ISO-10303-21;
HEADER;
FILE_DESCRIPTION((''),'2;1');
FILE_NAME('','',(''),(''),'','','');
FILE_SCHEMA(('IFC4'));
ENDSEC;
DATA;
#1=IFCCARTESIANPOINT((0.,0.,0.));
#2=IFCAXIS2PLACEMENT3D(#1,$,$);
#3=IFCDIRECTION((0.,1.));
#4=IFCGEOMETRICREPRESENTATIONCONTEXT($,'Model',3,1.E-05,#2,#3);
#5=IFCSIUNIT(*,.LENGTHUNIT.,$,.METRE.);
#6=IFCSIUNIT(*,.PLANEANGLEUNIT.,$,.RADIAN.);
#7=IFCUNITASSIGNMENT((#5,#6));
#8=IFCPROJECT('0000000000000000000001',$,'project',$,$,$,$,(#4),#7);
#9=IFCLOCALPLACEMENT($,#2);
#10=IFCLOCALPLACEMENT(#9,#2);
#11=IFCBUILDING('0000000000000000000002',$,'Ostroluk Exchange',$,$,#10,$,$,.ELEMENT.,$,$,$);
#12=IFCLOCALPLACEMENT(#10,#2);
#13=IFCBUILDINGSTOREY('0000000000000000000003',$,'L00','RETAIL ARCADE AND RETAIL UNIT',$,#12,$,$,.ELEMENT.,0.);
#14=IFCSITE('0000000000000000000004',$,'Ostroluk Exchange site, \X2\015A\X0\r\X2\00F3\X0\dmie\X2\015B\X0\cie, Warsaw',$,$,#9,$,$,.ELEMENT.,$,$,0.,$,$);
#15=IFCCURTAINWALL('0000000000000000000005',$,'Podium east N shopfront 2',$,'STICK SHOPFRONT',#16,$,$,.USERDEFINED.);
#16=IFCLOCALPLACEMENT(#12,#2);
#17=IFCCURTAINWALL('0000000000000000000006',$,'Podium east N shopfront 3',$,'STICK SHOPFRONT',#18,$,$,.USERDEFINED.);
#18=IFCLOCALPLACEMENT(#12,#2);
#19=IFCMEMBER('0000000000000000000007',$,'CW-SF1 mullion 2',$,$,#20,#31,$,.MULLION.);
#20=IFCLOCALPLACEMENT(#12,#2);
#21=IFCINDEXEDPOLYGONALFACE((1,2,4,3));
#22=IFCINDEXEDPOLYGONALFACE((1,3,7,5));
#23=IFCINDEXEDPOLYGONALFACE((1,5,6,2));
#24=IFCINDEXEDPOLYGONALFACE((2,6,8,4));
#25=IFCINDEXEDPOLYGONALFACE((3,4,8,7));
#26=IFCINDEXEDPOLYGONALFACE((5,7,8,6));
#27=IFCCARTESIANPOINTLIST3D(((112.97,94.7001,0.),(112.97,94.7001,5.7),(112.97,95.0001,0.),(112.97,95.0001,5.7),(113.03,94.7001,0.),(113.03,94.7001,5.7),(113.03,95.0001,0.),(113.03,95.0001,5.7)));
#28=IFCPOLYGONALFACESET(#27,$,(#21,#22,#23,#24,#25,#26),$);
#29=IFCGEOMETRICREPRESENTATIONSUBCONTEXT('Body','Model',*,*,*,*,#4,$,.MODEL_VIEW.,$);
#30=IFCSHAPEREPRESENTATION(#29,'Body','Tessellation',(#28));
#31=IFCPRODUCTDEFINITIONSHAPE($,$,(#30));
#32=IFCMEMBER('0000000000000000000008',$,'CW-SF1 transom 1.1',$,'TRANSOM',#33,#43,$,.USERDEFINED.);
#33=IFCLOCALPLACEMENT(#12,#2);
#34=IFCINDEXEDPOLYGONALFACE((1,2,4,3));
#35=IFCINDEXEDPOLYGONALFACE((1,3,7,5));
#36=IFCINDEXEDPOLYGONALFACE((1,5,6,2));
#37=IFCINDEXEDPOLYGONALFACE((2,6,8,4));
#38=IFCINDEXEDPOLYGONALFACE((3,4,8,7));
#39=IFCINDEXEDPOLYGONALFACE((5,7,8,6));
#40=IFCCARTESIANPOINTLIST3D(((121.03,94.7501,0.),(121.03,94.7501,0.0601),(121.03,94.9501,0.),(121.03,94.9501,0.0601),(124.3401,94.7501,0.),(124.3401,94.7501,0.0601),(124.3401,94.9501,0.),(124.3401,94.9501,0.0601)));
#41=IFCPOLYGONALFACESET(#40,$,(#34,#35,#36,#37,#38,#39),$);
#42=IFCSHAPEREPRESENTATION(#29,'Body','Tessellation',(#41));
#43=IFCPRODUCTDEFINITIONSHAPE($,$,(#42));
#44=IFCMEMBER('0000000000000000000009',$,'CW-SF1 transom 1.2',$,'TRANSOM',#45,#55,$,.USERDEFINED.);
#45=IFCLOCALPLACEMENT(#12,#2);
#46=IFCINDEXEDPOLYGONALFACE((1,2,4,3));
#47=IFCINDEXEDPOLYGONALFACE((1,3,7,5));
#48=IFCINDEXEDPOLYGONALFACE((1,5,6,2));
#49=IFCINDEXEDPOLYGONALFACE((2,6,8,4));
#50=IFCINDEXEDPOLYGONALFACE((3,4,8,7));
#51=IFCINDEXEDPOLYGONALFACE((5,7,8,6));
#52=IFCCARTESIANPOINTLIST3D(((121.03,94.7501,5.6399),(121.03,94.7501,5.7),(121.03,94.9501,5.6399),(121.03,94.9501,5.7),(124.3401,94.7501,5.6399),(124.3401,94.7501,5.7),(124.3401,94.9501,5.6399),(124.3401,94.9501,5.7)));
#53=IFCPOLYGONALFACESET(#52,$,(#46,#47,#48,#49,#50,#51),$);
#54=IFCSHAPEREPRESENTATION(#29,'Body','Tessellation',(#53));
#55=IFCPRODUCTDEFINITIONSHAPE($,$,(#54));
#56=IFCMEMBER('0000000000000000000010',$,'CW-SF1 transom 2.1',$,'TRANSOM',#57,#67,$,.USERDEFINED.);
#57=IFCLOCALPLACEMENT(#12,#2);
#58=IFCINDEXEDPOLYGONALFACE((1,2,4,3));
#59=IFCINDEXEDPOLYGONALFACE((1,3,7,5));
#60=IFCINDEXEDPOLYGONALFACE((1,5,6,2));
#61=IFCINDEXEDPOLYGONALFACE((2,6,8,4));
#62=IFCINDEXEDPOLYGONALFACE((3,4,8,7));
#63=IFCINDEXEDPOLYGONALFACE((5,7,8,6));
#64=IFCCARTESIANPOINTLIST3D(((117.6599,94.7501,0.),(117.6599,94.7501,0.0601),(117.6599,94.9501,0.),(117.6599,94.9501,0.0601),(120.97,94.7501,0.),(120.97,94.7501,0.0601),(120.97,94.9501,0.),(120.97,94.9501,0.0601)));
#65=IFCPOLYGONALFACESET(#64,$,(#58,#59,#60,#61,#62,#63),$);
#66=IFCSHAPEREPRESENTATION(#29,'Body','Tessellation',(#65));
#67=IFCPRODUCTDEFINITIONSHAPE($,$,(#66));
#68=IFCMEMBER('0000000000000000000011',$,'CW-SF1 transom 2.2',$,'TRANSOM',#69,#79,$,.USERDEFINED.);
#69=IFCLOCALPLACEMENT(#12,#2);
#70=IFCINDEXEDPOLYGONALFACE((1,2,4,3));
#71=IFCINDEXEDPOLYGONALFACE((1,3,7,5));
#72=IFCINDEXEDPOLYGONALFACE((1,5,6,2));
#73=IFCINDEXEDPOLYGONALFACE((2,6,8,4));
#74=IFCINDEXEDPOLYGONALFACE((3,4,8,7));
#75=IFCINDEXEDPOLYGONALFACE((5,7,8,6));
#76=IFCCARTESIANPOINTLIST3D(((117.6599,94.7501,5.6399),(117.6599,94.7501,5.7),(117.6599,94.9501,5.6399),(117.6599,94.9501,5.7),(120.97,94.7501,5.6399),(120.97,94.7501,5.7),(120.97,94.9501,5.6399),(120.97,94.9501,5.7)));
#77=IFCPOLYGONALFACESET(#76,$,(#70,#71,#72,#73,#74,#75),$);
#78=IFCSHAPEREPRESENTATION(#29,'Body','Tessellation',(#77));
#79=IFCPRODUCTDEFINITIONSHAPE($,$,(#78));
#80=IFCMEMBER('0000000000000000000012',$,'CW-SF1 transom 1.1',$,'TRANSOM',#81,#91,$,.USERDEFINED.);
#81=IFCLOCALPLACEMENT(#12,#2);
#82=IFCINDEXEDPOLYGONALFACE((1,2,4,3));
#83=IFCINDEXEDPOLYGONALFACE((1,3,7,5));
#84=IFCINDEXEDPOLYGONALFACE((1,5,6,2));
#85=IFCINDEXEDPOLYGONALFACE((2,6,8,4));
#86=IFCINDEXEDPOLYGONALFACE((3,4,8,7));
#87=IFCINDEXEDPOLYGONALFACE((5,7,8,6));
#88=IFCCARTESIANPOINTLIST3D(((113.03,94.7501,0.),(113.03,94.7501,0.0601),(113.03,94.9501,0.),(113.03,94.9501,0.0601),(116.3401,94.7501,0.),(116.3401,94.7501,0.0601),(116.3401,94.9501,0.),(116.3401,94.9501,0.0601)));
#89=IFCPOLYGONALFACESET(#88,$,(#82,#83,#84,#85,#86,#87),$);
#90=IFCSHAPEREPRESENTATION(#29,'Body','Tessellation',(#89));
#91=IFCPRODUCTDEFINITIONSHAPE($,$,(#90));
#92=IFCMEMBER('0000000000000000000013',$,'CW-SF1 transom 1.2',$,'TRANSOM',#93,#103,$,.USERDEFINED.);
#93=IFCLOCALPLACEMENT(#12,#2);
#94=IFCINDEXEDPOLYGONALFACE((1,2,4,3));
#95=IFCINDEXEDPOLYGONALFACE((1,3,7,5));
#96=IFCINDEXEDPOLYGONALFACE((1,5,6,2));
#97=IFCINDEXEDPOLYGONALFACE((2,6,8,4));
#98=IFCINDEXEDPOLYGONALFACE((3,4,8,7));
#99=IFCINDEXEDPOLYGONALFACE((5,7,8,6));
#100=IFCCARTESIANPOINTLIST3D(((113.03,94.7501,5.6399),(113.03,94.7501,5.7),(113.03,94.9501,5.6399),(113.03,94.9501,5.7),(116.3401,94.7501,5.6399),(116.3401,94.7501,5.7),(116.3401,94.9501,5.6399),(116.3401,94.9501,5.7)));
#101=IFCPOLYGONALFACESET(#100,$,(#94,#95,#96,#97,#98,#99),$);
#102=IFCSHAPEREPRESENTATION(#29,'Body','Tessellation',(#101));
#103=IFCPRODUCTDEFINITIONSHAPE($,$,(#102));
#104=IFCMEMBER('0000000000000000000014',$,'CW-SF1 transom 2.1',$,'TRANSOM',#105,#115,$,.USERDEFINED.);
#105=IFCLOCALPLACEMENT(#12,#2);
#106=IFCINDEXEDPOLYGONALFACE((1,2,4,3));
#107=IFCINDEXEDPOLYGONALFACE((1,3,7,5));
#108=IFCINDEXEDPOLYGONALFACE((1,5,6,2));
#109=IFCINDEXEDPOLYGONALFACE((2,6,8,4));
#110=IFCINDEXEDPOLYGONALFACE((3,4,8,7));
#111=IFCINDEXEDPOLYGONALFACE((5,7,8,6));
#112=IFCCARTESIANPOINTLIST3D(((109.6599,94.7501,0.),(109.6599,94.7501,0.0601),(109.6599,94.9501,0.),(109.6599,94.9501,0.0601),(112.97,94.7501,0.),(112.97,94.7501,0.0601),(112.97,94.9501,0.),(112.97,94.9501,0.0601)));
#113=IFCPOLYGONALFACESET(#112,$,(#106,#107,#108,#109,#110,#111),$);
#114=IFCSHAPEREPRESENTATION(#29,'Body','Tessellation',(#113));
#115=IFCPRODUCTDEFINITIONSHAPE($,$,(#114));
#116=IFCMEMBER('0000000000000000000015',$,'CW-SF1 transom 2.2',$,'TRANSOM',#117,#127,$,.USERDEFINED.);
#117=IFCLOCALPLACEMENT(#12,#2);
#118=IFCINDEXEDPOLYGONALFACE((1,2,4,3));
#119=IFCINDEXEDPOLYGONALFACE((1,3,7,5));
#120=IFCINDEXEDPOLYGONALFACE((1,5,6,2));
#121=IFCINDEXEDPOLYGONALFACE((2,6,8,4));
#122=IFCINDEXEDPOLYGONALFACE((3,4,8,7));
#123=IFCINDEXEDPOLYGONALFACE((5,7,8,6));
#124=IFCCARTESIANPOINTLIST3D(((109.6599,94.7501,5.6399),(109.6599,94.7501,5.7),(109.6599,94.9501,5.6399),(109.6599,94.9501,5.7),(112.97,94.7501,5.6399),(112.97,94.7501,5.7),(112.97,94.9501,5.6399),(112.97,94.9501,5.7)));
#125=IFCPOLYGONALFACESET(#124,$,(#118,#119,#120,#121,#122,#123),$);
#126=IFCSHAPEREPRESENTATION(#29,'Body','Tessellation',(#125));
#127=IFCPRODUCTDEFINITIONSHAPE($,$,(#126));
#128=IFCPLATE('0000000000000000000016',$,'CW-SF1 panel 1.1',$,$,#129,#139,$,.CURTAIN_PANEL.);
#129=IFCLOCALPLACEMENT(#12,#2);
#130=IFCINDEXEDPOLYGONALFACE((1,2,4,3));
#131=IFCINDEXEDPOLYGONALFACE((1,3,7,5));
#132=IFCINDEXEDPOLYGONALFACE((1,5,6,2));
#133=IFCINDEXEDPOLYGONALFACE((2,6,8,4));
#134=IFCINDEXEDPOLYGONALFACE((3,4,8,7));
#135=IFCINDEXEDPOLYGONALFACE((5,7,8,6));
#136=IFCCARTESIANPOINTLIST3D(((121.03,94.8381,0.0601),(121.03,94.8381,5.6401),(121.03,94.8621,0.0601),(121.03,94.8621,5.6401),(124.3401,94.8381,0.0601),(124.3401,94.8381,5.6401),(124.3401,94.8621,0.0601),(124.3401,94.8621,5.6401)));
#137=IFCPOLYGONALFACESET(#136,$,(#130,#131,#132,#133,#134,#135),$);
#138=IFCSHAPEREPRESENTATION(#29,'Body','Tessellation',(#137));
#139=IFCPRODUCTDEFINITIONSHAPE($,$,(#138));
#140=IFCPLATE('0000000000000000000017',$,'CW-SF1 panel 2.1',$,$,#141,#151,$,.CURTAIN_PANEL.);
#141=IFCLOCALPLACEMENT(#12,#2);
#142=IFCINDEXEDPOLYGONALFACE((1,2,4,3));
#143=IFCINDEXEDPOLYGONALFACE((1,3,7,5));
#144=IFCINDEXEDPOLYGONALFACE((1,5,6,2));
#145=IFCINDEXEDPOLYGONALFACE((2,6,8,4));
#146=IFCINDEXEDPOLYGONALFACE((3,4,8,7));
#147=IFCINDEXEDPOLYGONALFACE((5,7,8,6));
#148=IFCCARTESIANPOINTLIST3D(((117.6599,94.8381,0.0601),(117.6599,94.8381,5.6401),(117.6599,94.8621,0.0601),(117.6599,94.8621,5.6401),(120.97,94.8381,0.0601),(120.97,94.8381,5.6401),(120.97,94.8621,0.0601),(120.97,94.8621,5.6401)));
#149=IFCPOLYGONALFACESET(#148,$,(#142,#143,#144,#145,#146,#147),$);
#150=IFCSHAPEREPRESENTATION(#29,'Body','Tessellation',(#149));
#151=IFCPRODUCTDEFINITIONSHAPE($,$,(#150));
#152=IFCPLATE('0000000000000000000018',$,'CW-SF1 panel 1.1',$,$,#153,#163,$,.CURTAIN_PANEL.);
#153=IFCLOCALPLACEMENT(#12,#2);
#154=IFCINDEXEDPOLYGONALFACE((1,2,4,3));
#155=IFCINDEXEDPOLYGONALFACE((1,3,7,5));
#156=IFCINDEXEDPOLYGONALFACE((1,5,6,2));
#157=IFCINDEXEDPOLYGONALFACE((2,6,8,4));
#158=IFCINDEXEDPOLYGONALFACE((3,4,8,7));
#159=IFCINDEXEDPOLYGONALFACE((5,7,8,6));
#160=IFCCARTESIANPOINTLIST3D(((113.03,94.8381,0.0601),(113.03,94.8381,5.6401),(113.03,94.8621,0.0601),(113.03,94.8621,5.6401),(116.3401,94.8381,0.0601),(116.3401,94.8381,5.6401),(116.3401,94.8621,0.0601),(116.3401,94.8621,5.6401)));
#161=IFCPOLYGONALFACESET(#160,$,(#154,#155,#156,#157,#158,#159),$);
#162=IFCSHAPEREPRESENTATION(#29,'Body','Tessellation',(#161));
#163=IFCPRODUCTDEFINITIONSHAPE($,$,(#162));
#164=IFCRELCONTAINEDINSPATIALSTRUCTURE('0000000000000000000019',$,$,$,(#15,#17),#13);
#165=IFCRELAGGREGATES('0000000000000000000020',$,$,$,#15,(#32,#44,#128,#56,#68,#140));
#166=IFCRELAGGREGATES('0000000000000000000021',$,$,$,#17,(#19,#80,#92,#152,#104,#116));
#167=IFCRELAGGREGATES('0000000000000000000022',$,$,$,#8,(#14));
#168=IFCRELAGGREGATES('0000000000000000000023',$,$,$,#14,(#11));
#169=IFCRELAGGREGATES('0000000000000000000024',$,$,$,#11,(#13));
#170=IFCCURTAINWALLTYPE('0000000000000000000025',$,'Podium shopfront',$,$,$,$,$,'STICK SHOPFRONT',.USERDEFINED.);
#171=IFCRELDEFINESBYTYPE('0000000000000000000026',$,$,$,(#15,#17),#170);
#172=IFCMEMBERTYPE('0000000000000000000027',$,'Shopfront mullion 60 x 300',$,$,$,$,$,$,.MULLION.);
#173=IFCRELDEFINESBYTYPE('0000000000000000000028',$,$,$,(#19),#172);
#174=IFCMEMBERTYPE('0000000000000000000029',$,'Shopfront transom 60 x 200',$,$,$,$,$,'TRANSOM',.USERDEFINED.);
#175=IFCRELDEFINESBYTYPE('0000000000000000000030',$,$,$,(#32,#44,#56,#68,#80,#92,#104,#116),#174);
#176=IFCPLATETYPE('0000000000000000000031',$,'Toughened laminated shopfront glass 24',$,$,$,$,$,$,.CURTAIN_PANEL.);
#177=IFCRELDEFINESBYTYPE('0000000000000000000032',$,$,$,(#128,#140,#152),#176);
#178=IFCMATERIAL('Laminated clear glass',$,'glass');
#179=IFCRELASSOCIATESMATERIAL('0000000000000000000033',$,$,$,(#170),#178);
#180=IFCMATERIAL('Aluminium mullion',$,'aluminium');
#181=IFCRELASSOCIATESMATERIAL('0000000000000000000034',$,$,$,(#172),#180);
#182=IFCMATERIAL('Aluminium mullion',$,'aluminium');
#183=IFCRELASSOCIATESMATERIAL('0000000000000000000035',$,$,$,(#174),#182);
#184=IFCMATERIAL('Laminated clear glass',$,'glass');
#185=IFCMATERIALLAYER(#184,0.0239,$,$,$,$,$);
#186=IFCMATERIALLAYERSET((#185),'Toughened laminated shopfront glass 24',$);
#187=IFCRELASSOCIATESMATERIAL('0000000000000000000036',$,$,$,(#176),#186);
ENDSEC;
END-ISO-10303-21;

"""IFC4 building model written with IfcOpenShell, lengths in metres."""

from ifc_helpers import new_model, si_unit, direction, frame, origin, origin_2d, place, context, subcontext, project, spatial, rectangle, extrude, material, layer, layer_set, material_profile, profile_set, type_object, element, aggregate, save


model = new_model("IFC4")

# Units and contexts
model_context = context("Model", 3, precision=1e-05, world=origin(), true_north=direction((0.0, 1.0)))
body_context = subcontext(model_context, "Body", "Model", "MODEL_VIEW")
ifc_project = project(units=[si_unit("LENGTHUNIT", "METRE"), si_unit("PLANEANGLEUNIT", "RADIAN")], contexts=[model_context])

# Site, building, storey
site_placement = place(None, origin())
site = spatial("IfcSite", under=ifc_project, at=site_placement, Name="Ostroluk Exchange site, Śródmieście, Warsaw", CompositionType="ELEMENT", RefElevation=0.0)
building_placement = place(site_placement, origin())
building = spatial("IfcBuilding", under=site, at=building_placement, Name="Ostroluk Exchange", CompositionType="ELEMENT")
storey_placement = place(building_placement, origin())
storey = spatial("IfcBuildingStorey", under=building, at=storey_placement, Name="L00", Description="RETAIL ARCADE AND RETAIL UNIT", CompositionType="ELEMENT", Elevation=0.0)

# Curtain walls, member
ifc_material_1 = material(Name="Laminated clear glass", Category="glass")
curtain_wall_type = type_object("IfcCurtainWallType", Name="Podium shopfront", ElementType="STICK SHOPFRONT", PredefinedType="USERDEFINED", material=ifc_material_1)
curtain_wall_1_placement = place(storey_placement, origin())
curtain_wall_1 = element("IfcCurtainWall", 1, at=curtain_wall_1_placement, inside=storey, type_object=curtain_wall_type, Name="Podium east N shopfront 2", ObjectType="STICK SHOPFRONT", PredefinedType="USERDEFINED")
ifc_material_2 = material(Name="Aluminium mullion", Category="aluminium")
ifc_material_profile_1 = material_profile(ifc_material_2, rectangle(XDim=0.3, YDim=0.0601, at=origin_2d()), Name="Shopfront mullion 60 x 300")
ifc_profile_set_1 = profile_set([ifc_material_profile_1], Name="Aluminium mullion")
member_type_1 = type_object("IfcMemberType", Name="Shopfront mullion 60 x 300", PredefinedType="MULLION", material=ifc_profile_set_1)
curtain_wall_2_placement = place(storey_placement, origin())
curtain_wall_2 = element("IfcCurtainWall", 2, at=curtain_wall_2_placement, inside=storey, type_object=curtain_wall_type, Name="Podium east N shopfront 3", ObjectType="STICK SHOPFRONT", PredefinedType="USERDEFINED")
member_1_placement = place(storey_placement, frame((113.0, 94.8501, 0.0), z_axis=(0.0, 0.0, 1.0), x_axis=(0.0, -1.0, 0.0)))
member_1 = element("IfcMember", 3, at=member_1_placement, type_object=member_type_1, Name="CW-SF1 mullion 2", PredefinedType="MULLION", context=body_context, shape_type="SweptSolid", body=[
    extrude(rectangle(XDim=0.3, YDim=0.0601, at=origin_2d()), origin(), (0.0, 0.0, 1.0), 5.7),
])

# Members
ifc_material_3 = material(Name="Aluminium mullion", Category="aluminium")
ifc_material_profile_2 = material_profile(ifc_material_3, rectangle(XDim=0.2, YDim=0.0601, at=origin_2d()), Name="Shopfront transom 60 x 200")
ifc_profile_set_2 = profile_set([ifc_material_profile_2], Name="Aluminium mullion")
member_type_2 = type_object("IfcMemberType", Name="Shopfront transom 60 x 200", ElementType="TRANSOM", PredefinedType="USERDEFINED", material=ifc_profile_set_2)
member_2_placement = place(storey_placement, frame((124.3401, 94.8501, 0.03), z_axis=(-1.0, 0.0, 0.0), x_axis=(0.0, -1.0, 0.0)))
member_2 = element("IfcMember", 4, at=member_2_placement, type_object=member_type_2, Name="CW-SF1 transom 1.1", ObjectType="TRANSOM", PredefinedType="USERDEFINED", context=body_context, shape_type="SweptSolid", body=[
    extrude(rectangle(XDim=0.2, YDim=0.0601, at=origin_2d()), origin(), (0.0, 0.0, 1.0), 3.3101),
])
member_3_placement = place(storey_placement, frame((124.3401, 94.8501, 5.6699), z_axis=(-1.0, 0.0, 0.0), x_axis=(0.0, -1.0, 0.0)))
member_3 = element("IfcMember", 5, at=member_3_placement, type_object=member_type_2, Name="CW-SF1 transom 1.2", ObjectType="TRANSOM", PredefinedType="USERDEFINED", context=body_context, shape_type="SweptSolid", body=[
    extrude(rectangle(XDim=0.2, YDim=0.0601, at=origin_2d()), origin(), (0.0, 0.0, 1.0), 3.3101),
])
member_4_placement = place(storey_placement, frame((120.97, 94.8501, 0.03), z_axis=(-1.0, 0.0, 0.0), x_axis=(0.0, -1.0, 0.0)))
member_4 = element("IfcMember", 6, at=member_4_placement, type_object=member_type_2, Name="CW-SF1 transom 2.1", ObjectType="TRANSOM", PredefinedType="USERDEFINED", context=body_context, shape_type="SweptSolid", body=[
    extrude(rectangle(XDim=0.2, YDim=0.0601, at=origin_2d()), origin(), (0.0, 0.0, 1.0), 3.3101),
])
member_5_placement = place(storey_placement, frame((120.97, 94.8501, 5.6699), z_axis=(-1.0, 0.0, 0.0), x_axis=(0.0, -1.0, 0.0)))
member_5 = element("IfcMember", 7, at=member_5_placement, type_object=member_type_2, Name="CW-SF1 transom 2.2", ObjectType="TRANSOM", PredefinedType="USERDEFINED", context=body_context, shape_type="SweptSolid", body=[
    extrude(rectangle(XDim=0.2, YDim=0.0601, at=origin_2d()), origin(), (0.0, 0.0, 1.0), 3.3101),
])
member_6_placement = place(storey_placement, frame((116.3401, 94.8501, 0.03), z_axis=(-1.0, 0.0, 0.0), x_axis=(0.0, -1.0, 0.0)))
member_6 = element("IfcMember", 8, at=member_6_placement, type_object=member_type_2, Name="CW-SF1 transom 1.1", ObjectType="TRANSOM", PredefinedType="USERDEFINED", context=body_context, shape_type="SweptSolid", body=[
    extrude(rectangle(XDim=0.2, YDim=0.0601, at=origin_2d()), origin(), (0.0, 0.0, 1.0), 3.3101),
])
member_7_placement = place(storey_placement, frame((116.3401, 94.8501, 5.6699), z_axis=(-1.0, 0.0, 0.0), x_axis=(0.0, -1.0, 0.0)))
member_7 = element("IfcMember", 9, at=member_7_placement, type_object=member_type_2, Name="CW-SF1 transom 1.2", ObjectType="TRANSOM", PredefinedType="USERDEFINED", context=body_context, shape_type="SweptSolid", body=[
    extrude(rectangle(XDim=0.2, YDim=0.0601, at=origin_2d()), origin(), (0.0, 0.0, 1.0), 3.3101),
])
member_8_placement = place(storey_placement, frame((112.97, 94.8501, 0.03), z_axis=(-1.0, 0.0, 0.0), x_axis=(0.0, -1.0, 0.0)))
member_8 = element("IfcMember", 10, at=member_8_placement, type_object=member_type_2, Name="CW-SF1 transom 2.1", ObjectType="TRANSOM", PredefinedType="USERDEFINED", context=body_context, shape_type="SweptSolid", body=[
    extrude(rectangle(XDim=0.2, YDim=0.0601, at=origin_2d()), origin(), (0.0, 0.0, 1.0), 3.3101),
])
member_9_placement = place(storey_placement, frame((112.97, 94.8501, 5.6699), z_axis=(-1.0, 0.0, 0.0), x_axis=(0.0, -1.0, 0.0)))
member_9 = element("IfcMember", 11, at=member_9_placement, type_object=member_type_2, Name="CW-SF1 transom 2.2", ObjectType="TRANSOM", PredefinedType="USERDEFINED", context=body_context, shape_type="SweptSolid", body=[
    extrude(rectangle(XDim=0.2, YDim=0.0601, at=origin_2d()), origin(), (0.0, 0.0, 1.0), 3.3101),
])

# Plates
ifc_material_4 = material(Name="Laminated clear glass", Category="glass")
ifc_layer_1 = layer(ifc_material_4, 0.0239)
ifc_layer_set_1 = layer_set([ifc_layer_1], Name="Toughened laminated shopfront glass 24")
plate_type = type_object("IfcPlateType", Name="Toughened laminated shopfront glass 24", PredefinedType="CURTAIN_PANEL", material=ifc_layer_set_1)
plate_1_placement = place(storey_placement, frame((122.6851, 94.8501, 0.0601), z_axis=(0.0, 0.0, 1.0), x_axis=(-1.0, 0.0, 0.0)))
plate_1 = element("IfcPlate", 12, at=plate_1_placement, type_object=plate_type, Name="CW-SF1 panel 1.1", PredefinedType="CURTAIN_PANEL", context=body_context, shape_type="SweptSolid", body=[
    extrude(rectangle(XDim=3.3101, YDim=0.0239, at=origin_2d()), origin(), (0.0, 0.0, 1.0), 5.5801),
])
plate_2_placement = place(storey_placement, frame((119.3149, 94.8501, 0.0601), z_axis=(0.0, 0.0, 1.0), x_axis=(-1.0, 0.0, 0.0)))
plate_2 = element("IfcPlate", 13, at=plate_2_placement, type_object=plate_type, Name="CW-SF1 panel 2.1", PredefinedType="CURTAIN_PANEL", context=body_context, shape_type="SweptSolid", body=[
    extrude(rectangle(XDim=3.3101, YDim=0.0239, at=origin_2d()), origin(), (0.0, 0.0, 1.0), 5.5801),
])
aggregate(curtain_wall_1, [member_2, member_3, plate_1, member_4, member_5, plate_2])
plate_3_placement = place(storey_placement, frame((114.6851, 94.8501, 0.0601), z_axis=(0.0, 0.0, 1.0), x_axis=(-1.0, 0.0, 0.0)))
plate_3 = element("IfcPlate", 14, at=plate_3_placement, type_object=plate_type, Name="CW-SF1 panel 1.1", PredefinedType="CURTAIN_PANEL", context=body_context, shape_type="SweptSolid", body=[
    extrude(rectangle(XDim=3.3101, YDim=0.0239, at=origin_2d()), origin(), (0.0, 0.0, 1.0), 5.5801),
])
aggregate(curtain_wall_2, [member_1, member_6, member_7, plate_3, member_8, member_9])

save(model, "model.ifc")
